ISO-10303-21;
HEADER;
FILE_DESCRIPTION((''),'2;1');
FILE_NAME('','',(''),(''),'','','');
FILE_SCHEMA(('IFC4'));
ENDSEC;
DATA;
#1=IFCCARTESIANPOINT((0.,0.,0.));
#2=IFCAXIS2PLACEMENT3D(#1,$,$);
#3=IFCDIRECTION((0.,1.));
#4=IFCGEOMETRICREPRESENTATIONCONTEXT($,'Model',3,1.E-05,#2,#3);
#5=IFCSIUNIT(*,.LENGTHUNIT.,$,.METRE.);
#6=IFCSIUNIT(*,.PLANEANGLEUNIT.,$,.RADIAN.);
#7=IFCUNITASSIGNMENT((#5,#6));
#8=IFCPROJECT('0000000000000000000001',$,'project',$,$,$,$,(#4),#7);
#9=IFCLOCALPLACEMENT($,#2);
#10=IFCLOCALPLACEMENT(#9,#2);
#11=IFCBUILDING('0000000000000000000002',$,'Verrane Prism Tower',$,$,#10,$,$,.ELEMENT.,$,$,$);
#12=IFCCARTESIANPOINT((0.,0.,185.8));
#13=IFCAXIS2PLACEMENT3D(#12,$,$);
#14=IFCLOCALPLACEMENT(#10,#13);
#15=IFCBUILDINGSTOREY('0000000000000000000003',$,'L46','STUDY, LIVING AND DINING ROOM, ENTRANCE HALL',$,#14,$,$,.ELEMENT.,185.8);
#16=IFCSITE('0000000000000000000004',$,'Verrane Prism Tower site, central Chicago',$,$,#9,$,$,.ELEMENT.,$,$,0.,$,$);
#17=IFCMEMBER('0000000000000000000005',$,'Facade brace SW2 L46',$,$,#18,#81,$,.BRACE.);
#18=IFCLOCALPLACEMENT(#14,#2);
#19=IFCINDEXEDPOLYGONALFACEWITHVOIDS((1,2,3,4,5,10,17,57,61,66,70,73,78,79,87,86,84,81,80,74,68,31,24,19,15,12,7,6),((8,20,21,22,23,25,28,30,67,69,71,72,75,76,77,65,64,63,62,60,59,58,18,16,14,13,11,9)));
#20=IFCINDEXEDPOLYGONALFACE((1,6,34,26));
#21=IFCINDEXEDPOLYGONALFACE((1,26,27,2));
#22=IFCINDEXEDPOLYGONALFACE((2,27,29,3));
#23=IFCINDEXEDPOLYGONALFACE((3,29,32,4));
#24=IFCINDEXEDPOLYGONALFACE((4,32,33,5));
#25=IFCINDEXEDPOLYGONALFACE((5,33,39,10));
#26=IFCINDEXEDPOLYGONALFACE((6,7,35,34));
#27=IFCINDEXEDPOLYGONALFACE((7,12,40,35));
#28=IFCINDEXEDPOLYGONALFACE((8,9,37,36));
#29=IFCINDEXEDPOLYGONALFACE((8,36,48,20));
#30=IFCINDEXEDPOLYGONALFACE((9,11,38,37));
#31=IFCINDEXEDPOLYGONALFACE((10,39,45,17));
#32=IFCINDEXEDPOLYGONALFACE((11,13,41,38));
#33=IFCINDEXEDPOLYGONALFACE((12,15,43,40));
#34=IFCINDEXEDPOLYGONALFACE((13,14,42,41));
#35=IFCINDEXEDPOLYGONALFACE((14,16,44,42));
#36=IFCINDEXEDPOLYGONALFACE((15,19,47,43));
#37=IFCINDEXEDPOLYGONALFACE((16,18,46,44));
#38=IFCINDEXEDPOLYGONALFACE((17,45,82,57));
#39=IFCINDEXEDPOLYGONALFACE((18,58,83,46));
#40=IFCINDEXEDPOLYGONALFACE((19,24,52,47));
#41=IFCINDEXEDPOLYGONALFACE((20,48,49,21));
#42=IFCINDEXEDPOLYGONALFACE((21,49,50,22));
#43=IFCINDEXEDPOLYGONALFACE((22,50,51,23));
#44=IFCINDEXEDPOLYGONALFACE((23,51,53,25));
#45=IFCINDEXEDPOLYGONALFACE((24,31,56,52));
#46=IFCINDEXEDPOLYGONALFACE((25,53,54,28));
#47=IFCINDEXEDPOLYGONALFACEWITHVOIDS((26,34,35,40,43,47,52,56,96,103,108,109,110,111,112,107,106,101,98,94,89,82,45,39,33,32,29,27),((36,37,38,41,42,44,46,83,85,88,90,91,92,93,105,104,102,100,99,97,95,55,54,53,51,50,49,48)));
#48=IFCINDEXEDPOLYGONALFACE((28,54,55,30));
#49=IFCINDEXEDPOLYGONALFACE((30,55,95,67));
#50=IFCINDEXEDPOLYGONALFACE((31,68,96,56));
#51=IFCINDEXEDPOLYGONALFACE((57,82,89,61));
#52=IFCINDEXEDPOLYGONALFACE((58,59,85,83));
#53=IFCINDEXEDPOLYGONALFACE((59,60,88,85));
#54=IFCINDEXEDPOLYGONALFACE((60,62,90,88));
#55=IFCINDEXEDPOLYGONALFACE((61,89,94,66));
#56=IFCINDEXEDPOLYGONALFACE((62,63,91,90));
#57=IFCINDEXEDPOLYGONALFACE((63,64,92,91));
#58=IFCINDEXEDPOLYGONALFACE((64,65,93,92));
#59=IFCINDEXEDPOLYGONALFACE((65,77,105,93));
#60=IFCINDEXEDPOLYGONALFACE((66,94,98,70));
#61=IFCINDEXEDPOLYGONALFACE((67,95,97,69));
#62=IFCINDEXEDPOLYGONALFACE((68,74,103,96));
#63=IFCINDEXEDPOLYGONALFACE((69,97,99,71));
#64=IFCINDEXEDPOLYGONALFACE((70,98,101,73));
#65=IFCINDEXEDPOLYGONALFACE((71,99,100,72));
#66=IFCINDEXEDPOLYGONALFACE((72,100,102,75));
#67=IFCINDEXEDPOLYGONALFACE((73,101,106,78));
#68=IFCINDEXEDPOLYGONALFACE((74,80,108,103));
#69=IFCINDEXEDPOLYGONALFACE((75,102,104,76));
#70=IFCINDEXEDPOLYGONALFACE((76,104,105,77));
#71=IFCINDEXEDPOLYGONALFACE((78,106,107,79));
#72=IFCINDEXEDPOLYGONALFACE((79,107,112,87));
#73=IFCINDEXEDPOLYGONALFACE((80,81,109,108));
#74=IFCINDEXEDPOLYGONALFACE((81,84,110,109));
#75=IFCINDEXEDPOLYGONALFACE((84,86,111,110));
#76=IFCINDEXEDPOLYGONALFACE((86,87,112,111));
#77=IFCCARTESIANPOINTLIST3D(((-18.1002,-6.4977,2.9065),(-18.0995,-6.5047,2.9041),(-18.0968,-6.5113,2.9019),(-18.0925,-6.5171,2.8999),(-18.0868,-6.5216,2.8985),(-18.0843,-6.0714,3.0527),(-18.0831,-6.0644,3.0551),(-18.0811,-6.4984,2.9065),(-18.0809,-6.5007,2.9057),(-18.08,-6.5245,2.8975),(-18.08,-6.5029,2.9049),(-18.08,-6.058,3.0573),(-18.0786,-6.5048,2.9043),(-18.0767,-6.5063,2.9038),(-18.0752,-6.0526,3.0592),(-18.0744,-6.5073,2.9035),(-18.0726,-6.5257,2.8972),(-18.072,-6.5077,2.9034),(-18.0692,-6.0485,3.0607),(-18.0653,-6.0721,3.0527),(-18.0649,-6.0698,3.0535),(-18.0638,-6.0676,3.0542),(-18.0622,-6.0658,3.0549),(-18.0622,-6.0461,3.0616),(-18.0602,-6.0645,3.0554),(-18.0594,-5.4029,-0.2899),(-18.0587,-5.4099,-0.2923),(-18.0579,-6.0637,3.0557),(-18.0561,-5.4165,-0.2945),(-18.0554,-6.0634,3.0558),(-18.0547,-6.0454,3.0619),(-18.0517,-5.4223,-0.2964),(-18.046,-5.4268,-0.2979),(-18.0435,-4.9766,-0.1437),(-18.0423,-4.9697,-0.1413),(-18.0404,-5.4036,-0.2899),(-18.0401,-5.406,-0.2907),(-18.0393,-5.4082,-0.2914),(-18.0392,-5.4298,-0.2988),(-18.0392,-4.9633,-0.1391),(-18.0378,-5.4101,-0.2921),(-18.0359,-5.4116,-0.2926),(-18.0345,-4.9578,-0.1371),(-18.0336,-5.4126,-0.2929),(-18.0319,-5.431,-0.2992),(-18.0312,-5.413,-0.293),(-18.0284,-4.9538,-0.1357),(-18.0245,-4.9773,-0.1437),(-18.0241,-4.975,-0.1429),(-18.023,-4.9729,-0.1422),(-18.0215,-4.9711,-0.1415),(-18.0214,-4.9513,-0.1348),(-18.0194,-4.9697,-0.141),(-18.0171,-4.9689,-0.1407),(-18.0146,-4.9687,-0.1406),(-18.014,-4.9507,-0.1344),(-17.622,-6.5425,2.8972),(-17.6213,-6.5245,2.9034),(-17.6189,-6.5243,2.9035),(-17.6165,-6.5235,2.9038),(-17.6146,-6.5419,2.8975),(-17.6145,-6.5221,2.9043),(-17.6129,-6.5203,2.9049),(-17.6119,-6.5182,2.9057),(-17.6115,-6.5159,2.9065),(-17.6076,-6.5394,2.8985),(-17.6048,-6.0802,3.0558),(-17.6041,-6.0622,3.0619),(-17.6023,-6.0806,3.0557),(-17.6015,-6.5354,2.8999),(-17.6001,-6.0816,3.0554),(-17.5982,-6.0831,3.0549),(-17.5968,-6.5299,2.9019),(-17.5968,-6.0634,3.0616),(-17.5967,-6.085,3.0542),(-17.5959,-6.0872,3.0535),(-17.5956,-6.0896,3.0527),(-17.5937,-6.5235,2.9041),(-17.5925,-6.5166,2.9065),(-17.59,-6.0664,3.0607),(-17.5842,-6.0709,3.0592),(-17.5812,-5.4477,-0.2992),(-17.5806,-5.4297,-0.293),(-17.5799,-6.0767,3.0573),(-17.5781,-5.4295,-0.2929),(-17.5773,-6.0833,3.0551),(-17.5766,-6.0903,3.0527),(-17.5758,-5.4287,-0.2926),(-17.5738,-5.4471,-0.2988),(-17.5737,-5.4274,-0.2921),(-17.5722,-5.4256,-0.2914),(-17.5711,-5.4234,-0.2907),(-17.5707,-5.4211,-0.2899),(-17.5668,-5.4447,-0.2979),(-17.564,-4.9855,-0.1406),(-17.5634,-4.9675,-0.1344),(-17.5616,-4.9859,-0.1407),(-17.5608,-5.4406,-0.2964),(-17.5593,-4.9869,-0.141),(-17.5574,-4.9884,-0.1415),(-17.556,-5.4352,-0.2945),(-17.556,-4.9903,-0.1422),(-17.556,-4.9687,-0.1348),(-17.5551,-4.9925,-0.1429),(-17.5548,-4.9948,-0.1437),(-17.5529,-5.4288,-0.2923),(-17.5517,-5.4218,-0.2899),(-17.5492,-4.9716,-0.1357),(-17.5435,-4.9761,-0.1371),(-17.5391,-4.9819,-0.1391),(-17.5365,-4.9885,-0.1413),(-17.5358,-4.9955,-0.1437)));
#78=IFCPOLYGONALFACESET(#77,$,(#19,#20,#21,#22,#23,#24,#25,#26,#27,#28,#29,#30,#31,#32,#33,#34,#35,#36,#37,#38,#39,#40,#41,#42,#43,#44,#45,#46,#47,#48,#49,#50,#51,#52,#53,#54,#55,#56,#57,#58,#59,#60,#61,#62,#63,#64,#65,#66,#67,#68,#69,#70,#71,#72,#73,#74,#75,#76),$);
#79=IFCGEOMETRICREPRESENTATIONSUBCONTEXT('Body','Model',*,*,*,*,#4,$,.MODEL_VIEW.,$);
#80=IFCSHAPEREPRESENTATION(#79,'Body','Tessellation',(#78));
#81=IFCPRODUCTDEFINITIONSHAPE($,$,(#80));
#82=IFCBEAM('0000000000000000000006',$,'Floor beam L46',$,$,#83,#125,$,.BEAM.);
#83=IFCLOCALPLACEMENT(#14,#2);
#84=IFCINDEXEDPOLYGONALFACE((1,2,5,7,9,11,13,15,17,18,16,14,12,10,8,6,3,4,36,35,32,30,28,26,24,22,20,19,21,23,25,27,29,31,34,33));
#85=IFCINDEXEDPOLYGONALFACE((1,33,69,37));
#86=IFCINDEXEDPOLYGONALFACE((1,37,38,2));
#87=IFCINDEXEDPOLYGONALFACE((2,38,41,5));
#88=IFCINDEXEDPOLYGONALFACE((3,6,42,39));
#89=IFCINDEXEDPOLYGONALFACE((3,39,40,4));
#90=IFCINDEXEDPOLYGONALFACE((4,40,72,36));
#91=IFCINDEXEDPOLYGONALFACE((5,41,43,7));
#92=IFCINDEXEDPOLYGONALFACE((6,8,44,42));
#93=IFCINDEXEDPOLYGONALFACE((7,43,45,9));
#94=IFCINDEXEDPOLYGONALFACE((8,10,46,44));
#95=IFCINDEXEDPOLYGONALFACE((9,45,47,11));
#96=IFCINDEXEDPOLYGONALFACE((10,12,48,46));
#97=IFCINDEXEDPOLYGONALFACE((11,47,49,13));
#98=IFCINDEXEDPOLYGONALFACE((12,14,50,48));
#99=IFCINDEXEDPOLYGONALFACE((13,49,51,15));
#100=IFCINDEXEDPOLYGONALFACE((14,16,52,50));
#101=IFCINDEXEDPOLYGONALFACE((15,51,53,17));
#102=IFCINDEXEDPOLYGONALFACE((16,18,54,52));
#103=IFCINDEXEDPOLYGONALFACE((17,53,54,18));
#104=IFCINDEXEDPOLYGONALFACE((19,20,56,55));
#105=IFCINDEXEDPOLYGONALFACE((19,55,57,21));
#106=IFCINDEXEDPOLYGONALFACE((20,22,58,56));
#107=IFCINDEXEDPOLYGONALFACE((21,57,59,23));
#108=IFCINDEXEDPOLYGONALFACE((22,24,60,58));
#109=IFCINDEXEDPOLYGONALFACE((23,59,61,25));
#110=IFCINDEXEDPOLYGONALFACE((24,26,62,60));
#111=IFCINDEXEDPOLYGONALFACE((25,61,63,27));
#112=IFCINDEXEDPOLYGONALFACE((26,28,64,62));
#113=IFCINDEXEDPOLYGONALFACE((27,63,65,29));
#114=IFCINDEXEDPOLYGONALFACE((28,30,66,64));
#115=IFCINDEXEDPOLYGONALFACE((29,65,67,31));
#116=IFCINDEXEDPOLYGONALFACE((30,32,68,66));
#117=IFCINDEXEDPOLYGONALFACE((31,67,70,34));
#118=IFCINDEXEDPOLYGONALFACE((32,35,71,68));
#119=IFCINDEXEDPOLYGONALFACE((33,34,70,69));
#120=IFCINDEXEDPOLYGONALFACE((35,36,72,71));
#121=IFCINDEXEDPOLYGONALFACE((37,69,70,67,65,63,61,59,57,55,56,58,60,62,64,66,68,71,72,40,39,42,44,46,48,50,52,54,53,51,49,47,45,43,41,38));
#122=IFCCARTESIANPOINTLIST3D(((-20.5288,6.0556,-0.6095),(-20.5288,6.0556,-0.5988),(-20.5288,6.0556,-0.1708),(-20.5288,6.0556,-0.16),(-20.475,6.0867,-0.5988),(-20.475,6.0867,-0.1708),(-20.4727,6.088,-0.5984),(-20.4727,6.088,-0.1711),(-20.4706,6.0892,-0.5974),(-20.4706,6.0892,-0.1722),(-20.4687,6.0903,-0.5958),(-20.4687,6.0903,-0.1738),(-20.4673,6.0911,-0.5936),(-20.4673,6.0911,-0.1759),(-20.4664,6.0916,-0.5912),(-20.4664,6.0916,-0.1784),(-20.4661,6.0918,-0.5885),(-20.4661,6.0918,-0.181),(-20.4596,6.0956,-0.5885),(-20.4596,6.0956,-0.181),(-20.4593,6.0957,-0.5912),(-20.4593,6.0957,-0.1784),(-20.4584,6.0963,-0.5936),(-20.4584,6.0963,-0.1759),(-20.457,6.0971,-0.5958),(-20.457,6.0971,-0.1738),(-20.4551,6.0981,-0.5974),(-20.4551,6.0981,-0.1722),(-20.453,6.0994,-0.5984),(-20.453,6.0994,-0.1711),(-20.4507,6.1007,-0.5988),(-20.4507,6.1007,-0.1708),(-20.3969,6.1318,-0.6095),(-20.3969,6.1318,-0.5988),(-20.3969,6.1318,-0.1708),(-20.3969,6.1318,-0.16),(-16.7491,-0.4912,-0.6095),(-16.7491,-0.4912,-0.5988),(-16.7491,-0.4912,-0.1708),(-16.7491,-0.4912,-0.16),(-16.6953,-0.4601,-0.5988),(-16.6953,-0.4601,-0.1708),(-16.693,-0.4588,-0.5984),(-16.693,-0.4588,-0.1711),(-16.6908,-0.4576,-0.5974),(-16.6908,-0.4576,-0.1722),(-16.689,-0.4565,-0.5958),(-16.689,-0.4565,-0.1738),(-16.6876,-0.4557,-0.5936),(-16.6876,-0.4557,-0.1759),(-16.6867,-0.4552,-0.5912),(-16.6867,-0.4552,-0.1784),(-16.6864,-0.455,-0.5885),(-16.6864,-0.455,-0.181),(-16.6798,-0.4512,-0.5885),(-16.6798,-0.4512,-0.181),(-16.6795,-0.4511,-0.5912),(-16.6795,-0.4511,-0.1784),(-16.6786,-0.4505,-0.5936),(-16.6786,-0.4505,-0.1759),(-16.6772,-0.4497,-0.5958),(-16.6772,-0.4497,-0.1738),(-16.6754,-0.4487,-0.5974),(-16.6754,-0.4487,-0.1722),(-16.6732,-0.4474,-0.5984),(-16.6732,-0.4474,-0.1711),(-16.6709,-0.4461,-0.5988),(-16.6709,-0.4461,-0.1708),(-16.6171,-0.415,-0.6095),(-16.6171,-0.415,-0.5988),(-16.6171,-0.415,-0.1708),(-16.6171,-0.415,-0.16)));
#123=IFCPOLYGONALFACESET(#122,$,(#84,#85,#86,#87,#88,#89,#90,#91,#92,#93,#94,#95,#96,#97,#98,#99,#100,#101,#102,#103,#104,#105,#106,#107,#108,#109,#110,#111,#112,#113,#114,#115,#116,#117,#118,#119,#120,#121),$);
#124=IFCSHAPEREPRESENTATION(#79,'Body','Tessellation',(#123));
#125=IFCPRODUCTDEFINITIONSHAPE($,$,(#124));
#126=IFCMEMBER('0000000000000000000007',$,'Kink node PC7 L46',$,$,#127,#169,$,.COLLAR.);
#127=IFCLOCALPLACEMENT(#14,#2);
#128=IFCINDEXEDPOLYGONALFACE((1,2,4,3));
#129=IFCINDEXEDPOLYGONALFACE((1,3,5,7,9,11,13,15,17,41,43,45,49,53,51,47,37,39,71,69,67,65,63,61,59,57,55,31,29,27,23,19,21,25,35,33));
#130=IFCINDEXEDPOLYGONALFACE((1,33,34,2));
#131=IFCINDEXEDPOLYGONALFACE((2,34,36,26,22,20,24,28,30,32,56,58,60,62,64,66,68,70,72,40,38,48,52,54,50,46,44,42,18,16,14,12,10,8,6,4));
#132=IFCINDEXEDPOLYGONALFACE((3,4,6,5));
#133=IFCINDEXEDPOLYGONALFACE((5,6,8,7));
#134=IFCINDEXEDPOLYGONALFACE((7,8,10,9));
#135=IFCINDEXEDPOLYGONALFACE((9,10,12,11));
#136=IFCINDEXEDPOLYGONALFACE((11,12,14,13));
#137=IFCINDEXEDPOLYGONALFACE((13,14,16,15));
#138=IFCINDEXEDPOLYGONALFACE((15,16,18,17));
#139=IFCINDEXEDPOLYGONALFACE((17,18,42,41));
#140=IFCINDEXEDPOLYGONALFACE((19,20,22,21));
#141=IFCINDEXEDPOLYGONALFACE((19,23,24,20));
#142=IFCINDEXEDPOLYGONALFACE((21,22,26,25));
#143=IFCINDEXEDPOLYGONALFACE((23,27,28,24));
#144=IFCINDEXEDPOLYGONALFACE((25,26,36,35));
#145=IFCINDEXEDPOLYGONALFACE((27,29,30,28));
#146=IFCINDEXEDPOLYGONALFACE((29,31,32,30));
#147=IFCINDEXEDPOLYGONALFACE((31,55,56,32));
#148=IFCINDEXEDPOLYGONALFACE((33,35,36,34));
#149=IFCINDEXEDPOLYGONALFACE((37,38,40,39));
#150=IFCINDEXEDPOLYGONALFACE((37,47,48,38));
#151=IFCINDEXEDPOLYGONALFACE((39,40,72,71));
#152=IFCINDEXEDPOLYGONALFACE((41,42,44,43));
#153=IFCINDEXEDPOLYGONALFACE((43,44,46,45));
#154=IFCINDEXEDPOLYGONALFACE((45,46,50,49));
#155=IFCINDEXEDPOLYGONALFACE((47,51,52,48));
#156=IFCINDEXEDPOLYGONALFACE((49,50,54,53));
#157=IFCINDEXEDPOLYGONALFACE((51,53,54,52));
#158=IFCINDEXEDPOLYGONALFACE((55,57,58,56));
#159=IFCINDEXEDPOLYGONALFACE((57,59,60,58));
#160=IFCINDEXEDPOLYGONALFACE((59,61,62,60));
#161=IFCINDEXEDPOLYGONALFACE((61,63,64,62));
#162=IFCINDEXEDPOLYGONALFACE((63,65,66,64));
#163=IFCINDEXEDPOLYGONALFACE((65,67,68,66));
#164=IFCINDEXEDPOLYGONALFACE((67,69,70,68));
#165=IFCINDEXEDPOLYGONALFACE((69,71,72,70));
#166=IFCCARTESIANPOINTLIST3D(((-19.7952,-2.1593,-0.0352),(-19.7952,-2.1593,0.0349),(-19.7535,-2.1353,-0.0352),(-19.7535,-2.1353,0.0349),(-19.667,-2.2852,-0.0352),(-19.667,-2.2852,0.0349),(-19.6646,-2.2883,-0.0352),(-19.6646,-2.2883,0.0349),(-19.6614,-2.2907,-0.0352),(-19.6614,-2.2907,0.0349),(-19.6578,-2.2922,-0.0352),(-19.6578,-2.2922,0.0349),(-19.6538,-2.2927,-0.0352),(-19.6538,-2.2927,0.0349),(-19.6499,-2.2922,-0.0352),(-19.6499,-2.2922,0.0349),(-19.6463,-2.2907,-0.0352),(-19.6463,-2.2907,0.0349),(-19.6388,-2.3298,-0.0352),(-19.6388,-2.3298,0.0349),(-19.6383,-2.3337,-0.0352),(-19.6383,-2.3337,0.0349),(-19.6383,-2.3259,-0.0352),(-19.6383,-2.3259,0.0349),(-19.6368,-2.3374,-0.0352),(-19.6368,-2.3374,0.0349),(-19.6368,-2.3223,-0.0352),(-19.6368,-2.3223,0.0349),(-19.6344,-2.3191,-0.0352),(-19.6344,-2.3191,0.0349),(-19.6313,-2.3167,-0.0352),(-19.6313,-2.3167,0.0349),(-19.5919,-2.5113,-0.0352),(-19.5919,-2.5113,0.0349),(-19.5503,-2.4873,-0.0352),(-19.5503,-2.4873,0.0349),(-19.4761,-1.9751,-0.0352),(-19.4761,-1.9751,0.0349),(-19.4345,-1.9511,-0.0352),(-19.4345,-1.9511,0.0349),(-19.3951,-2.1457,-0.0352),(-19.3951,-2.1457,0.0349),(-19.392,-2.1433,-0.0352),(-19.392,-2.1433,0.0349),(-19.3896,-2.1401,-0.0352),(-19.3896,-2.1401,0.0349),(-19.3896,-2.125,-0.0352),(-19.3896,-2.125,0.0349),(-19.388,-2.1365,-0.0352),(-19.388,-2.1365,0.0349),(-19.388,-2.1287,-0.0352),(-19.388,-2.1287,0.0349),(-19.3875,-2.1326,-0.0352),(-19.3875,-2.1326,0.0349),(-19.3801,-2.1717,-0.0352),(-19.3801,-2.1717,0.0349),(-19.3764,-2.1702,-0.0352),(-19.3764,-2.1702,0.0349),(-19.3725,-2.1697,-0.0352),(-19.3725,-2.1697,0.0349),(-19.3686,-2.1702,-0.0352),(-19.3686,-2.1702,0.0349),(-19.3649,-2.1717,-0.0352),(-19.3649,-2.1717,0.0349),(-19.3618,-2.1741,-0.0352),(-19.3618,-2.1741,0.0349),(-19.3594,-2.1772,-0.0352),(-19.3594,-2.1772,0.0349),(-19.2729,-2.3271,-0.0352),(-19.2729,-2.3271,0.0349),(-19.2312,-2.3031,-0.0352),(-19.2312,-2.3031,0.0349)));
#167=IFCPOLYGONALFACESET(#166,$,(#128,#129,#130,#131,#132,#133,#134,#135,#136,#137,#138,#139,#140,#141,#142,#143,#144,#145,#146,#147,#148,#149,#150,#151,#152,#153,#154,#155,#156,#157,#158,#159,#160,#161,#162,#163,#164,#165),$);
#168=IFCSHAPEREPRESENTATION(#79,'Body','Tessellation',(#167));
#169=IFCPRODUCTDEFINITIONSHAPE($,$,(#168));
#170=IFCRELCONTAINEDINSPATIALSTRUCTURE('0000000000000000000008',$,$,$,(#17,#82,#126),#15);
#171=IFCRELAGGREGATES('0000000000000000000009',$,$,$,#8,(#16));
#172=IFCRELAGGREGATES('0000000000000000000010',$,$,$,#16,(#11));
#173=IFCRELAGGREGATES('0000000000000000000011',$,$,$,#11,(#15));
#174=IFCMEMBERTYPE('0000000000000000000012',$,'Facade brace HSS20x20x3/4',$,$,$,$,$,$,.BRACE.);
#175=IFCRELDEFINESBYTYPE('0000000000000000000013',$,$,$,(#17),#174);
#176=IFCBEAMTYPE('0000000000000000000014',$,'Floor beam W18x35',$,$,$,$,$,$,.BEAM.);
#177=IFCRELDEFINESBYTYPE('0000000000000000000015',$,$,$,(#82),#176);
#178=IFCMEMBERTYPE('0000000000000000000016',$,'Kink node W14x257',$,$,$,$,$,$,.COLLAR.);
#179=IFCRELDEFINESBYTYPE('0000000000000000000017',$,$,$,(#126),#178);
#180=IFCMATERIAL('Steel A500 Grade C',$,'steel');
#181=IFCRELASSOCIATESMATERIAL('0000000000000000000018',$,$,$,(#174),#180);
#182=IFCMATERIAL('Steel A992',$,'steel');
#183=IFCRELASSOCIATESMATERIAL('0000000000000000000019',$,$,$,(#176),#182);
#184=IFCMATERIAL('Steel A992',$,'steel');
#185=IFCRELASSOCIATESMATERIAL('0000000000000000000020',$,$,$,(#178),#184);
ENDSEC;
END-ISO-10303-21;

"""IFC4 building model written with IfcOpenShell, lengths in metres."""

from ifc_helpers import new_model, si_unit, direction, frame, origin, origin_2d, place, context, subcontext, project, spatial, hollow_rectangle, i_section, extrude, material, material_profile, profile_set, type_object, element, save


model = new_model("IFC4")

# Units and contexts
model_context = context("Model", 3, precision=1e-05, world=origin(), true_north=direction((0.0, 1.0)))
body_context = subcontext(model_context, "Body", "Model", "MODEL_VIEW")
ifc_project = project(units=[si_unit("LENGTHUNIT", "METRE"), si_unit("PLANEANGLEUNIT", "RADIAN")], contexts=[model_context])

# Site, building, storey
site_placement = place(None, origin())
site = spatial("IfcSite", under=ifc_project, at=site_placement, Name="Verrane Prism Tower site, central Chicago", CompositionType="ELEMENT", RefElevation=0.0)
building_placement = place(site_placement, origin())
building = spatial("IfcBuilding", under=site, at=building_placement, Name="Verrane Prism Tower", CompositionType="ELEMENT")
storey_placement = place(building_placement, frame((0.0, 0.0, 185.8)))
storey = spatial("IfcBuildingStorey", under=building, at=storey_placement, Name="L46", Description="STUDY, LIVING AND DINING ROOM, ENTRANCE HALL", CompositionType="ELEMENT", Elevation=185.8)

# Member
ifc_material_1 = material(Name="Steel A500 Grade C", Category="steel")
ifc_material_profile_1 = material_profile(ifc_material_1, hollow_rectangle(XDim=0.5081, YDim=0.5081, WallThickness=0.019, InnerFilletRadius=0.0095, OuterFilletRadius=0.0286, at=origin_2d()), Name="HSS20x20x3/4")
ifc_profile_set_1 = profile_set([ifc_material_profile_1], Name="Steel A500 Grade C")
member_type_1 = type_object("IfcMemberType", Name="Facade brace HSS20x20x3/4", PredefinedType="BRACE", material=ifc_profile_set_1)
member_1_placement = place(storey_placement, frame((-17.7976, -5.1992, -0.2168), z_axis=(-0.012067, -0.323998, 0.945981), x_axis=(0.999307, -0.037218, 0.0)))
element("IfcMember", 1, at=member_1_placement, inside=storey, type_object=member_type_1, Name="Facade brace SW2 L46", PredefinedType="BRACE", context=body_context, shape_type="SweptSolid", body=[
    extrude(hollow_rectangle(XDim=0.5081, YDim=0.5081, WallThickness=0.019, InnerFilletRadius=0.0095, OuterFilletRadius=0.0286, at=origin_2d()), origin(), (0.0, 0.0, 1.0), 3.3789),
])

# Beam
ifc_material_2 = material(Name="Steel A992", Category="steel")
ifc_material_profile_2 = material_profile(ifc_material_2, i_section(OverallWidth=0.1523, OverallDepth=0.4495, WebThickness=0.0076, FlangeThickness=0.0107, FilletRadius=0.0103, at=origin_2d()), Name="W18x35")
ifc_profile_set_2 = profile_set([ifc_material_profile_2], Name="Steel A992")
beam_type_1 = type_object("IfcBeamType", Name="Floor beam W18x35", PredefinedType="BEAM", material=ifc_profile_set_2)
beam_1_placement = place(storey_placement, frame((-16.6831, -0.4531, -0.3848), z_axis=(-0.499995, 0.866029, 0.0), x_axis=(-0.866029, -0.499995, 0.0)))
element("IfcBeam", 2, at=beam_1_placement, inside=storey, type_object=beam_type_1, Name="Floor beam L46", PredefinedType="BEAM", context=body_context, shape_type="SweptSolid", body=[
    extrude(i_section(OverallWidth=0.1523, OverallDepth=0.4495, WebThickness=0.0076, FlangeThickness=0.0107, FilletRadius=0.0103, at=origin_2d()), origin(), (0.0, 0.0, 1.0), 7.5596),
])

# Member
ifc_material_3 = material(Name="Steel A992", Category="steel")
ifc_material_profile_3 = material_profile(ifc_material_3, i_section(OverallWidth=0.4065, OverallDepth=0.4165, WebThickness=0.03, FlangeThickness=0.0481, FilletRadius=0.0151, at=origin_2d()), Name="W14x257")
ifc_profile_set_3 = profile_set([ifc_material_profile_3], Name="Steel A992")
member_type_2 = type_object("IfcMemberType", Name="Kink node W14x257", PredefinedType="COLLAR", material=ifc_profile_set_3)
member_2_placement = place(storey_placement, frame((-19.5132, -2.2312, -0.0352), z_axis=(0.0, 0.0, 1.0), x_axis=(-0.5, 0.866025, 0.0)))
element("IfcMember", 3, at=member_2_placement, inside=storey, type_object=member_type_2, Name="Kink node PC7 L46", PredefinedType="COLLAR", context=body_context, shape_type="SweptSolid", body=[
    extrude(i_section(OverallWidth=0.4065, OverallDepth=0.4165, WebThickness=0.03, FlangeThickness=0.0481, FilletRadius=0.0151, at=origin_2d()), origin(), (0.0, 0.0, 1.0), 0.0701),
])

save(model, "model.ifc")
